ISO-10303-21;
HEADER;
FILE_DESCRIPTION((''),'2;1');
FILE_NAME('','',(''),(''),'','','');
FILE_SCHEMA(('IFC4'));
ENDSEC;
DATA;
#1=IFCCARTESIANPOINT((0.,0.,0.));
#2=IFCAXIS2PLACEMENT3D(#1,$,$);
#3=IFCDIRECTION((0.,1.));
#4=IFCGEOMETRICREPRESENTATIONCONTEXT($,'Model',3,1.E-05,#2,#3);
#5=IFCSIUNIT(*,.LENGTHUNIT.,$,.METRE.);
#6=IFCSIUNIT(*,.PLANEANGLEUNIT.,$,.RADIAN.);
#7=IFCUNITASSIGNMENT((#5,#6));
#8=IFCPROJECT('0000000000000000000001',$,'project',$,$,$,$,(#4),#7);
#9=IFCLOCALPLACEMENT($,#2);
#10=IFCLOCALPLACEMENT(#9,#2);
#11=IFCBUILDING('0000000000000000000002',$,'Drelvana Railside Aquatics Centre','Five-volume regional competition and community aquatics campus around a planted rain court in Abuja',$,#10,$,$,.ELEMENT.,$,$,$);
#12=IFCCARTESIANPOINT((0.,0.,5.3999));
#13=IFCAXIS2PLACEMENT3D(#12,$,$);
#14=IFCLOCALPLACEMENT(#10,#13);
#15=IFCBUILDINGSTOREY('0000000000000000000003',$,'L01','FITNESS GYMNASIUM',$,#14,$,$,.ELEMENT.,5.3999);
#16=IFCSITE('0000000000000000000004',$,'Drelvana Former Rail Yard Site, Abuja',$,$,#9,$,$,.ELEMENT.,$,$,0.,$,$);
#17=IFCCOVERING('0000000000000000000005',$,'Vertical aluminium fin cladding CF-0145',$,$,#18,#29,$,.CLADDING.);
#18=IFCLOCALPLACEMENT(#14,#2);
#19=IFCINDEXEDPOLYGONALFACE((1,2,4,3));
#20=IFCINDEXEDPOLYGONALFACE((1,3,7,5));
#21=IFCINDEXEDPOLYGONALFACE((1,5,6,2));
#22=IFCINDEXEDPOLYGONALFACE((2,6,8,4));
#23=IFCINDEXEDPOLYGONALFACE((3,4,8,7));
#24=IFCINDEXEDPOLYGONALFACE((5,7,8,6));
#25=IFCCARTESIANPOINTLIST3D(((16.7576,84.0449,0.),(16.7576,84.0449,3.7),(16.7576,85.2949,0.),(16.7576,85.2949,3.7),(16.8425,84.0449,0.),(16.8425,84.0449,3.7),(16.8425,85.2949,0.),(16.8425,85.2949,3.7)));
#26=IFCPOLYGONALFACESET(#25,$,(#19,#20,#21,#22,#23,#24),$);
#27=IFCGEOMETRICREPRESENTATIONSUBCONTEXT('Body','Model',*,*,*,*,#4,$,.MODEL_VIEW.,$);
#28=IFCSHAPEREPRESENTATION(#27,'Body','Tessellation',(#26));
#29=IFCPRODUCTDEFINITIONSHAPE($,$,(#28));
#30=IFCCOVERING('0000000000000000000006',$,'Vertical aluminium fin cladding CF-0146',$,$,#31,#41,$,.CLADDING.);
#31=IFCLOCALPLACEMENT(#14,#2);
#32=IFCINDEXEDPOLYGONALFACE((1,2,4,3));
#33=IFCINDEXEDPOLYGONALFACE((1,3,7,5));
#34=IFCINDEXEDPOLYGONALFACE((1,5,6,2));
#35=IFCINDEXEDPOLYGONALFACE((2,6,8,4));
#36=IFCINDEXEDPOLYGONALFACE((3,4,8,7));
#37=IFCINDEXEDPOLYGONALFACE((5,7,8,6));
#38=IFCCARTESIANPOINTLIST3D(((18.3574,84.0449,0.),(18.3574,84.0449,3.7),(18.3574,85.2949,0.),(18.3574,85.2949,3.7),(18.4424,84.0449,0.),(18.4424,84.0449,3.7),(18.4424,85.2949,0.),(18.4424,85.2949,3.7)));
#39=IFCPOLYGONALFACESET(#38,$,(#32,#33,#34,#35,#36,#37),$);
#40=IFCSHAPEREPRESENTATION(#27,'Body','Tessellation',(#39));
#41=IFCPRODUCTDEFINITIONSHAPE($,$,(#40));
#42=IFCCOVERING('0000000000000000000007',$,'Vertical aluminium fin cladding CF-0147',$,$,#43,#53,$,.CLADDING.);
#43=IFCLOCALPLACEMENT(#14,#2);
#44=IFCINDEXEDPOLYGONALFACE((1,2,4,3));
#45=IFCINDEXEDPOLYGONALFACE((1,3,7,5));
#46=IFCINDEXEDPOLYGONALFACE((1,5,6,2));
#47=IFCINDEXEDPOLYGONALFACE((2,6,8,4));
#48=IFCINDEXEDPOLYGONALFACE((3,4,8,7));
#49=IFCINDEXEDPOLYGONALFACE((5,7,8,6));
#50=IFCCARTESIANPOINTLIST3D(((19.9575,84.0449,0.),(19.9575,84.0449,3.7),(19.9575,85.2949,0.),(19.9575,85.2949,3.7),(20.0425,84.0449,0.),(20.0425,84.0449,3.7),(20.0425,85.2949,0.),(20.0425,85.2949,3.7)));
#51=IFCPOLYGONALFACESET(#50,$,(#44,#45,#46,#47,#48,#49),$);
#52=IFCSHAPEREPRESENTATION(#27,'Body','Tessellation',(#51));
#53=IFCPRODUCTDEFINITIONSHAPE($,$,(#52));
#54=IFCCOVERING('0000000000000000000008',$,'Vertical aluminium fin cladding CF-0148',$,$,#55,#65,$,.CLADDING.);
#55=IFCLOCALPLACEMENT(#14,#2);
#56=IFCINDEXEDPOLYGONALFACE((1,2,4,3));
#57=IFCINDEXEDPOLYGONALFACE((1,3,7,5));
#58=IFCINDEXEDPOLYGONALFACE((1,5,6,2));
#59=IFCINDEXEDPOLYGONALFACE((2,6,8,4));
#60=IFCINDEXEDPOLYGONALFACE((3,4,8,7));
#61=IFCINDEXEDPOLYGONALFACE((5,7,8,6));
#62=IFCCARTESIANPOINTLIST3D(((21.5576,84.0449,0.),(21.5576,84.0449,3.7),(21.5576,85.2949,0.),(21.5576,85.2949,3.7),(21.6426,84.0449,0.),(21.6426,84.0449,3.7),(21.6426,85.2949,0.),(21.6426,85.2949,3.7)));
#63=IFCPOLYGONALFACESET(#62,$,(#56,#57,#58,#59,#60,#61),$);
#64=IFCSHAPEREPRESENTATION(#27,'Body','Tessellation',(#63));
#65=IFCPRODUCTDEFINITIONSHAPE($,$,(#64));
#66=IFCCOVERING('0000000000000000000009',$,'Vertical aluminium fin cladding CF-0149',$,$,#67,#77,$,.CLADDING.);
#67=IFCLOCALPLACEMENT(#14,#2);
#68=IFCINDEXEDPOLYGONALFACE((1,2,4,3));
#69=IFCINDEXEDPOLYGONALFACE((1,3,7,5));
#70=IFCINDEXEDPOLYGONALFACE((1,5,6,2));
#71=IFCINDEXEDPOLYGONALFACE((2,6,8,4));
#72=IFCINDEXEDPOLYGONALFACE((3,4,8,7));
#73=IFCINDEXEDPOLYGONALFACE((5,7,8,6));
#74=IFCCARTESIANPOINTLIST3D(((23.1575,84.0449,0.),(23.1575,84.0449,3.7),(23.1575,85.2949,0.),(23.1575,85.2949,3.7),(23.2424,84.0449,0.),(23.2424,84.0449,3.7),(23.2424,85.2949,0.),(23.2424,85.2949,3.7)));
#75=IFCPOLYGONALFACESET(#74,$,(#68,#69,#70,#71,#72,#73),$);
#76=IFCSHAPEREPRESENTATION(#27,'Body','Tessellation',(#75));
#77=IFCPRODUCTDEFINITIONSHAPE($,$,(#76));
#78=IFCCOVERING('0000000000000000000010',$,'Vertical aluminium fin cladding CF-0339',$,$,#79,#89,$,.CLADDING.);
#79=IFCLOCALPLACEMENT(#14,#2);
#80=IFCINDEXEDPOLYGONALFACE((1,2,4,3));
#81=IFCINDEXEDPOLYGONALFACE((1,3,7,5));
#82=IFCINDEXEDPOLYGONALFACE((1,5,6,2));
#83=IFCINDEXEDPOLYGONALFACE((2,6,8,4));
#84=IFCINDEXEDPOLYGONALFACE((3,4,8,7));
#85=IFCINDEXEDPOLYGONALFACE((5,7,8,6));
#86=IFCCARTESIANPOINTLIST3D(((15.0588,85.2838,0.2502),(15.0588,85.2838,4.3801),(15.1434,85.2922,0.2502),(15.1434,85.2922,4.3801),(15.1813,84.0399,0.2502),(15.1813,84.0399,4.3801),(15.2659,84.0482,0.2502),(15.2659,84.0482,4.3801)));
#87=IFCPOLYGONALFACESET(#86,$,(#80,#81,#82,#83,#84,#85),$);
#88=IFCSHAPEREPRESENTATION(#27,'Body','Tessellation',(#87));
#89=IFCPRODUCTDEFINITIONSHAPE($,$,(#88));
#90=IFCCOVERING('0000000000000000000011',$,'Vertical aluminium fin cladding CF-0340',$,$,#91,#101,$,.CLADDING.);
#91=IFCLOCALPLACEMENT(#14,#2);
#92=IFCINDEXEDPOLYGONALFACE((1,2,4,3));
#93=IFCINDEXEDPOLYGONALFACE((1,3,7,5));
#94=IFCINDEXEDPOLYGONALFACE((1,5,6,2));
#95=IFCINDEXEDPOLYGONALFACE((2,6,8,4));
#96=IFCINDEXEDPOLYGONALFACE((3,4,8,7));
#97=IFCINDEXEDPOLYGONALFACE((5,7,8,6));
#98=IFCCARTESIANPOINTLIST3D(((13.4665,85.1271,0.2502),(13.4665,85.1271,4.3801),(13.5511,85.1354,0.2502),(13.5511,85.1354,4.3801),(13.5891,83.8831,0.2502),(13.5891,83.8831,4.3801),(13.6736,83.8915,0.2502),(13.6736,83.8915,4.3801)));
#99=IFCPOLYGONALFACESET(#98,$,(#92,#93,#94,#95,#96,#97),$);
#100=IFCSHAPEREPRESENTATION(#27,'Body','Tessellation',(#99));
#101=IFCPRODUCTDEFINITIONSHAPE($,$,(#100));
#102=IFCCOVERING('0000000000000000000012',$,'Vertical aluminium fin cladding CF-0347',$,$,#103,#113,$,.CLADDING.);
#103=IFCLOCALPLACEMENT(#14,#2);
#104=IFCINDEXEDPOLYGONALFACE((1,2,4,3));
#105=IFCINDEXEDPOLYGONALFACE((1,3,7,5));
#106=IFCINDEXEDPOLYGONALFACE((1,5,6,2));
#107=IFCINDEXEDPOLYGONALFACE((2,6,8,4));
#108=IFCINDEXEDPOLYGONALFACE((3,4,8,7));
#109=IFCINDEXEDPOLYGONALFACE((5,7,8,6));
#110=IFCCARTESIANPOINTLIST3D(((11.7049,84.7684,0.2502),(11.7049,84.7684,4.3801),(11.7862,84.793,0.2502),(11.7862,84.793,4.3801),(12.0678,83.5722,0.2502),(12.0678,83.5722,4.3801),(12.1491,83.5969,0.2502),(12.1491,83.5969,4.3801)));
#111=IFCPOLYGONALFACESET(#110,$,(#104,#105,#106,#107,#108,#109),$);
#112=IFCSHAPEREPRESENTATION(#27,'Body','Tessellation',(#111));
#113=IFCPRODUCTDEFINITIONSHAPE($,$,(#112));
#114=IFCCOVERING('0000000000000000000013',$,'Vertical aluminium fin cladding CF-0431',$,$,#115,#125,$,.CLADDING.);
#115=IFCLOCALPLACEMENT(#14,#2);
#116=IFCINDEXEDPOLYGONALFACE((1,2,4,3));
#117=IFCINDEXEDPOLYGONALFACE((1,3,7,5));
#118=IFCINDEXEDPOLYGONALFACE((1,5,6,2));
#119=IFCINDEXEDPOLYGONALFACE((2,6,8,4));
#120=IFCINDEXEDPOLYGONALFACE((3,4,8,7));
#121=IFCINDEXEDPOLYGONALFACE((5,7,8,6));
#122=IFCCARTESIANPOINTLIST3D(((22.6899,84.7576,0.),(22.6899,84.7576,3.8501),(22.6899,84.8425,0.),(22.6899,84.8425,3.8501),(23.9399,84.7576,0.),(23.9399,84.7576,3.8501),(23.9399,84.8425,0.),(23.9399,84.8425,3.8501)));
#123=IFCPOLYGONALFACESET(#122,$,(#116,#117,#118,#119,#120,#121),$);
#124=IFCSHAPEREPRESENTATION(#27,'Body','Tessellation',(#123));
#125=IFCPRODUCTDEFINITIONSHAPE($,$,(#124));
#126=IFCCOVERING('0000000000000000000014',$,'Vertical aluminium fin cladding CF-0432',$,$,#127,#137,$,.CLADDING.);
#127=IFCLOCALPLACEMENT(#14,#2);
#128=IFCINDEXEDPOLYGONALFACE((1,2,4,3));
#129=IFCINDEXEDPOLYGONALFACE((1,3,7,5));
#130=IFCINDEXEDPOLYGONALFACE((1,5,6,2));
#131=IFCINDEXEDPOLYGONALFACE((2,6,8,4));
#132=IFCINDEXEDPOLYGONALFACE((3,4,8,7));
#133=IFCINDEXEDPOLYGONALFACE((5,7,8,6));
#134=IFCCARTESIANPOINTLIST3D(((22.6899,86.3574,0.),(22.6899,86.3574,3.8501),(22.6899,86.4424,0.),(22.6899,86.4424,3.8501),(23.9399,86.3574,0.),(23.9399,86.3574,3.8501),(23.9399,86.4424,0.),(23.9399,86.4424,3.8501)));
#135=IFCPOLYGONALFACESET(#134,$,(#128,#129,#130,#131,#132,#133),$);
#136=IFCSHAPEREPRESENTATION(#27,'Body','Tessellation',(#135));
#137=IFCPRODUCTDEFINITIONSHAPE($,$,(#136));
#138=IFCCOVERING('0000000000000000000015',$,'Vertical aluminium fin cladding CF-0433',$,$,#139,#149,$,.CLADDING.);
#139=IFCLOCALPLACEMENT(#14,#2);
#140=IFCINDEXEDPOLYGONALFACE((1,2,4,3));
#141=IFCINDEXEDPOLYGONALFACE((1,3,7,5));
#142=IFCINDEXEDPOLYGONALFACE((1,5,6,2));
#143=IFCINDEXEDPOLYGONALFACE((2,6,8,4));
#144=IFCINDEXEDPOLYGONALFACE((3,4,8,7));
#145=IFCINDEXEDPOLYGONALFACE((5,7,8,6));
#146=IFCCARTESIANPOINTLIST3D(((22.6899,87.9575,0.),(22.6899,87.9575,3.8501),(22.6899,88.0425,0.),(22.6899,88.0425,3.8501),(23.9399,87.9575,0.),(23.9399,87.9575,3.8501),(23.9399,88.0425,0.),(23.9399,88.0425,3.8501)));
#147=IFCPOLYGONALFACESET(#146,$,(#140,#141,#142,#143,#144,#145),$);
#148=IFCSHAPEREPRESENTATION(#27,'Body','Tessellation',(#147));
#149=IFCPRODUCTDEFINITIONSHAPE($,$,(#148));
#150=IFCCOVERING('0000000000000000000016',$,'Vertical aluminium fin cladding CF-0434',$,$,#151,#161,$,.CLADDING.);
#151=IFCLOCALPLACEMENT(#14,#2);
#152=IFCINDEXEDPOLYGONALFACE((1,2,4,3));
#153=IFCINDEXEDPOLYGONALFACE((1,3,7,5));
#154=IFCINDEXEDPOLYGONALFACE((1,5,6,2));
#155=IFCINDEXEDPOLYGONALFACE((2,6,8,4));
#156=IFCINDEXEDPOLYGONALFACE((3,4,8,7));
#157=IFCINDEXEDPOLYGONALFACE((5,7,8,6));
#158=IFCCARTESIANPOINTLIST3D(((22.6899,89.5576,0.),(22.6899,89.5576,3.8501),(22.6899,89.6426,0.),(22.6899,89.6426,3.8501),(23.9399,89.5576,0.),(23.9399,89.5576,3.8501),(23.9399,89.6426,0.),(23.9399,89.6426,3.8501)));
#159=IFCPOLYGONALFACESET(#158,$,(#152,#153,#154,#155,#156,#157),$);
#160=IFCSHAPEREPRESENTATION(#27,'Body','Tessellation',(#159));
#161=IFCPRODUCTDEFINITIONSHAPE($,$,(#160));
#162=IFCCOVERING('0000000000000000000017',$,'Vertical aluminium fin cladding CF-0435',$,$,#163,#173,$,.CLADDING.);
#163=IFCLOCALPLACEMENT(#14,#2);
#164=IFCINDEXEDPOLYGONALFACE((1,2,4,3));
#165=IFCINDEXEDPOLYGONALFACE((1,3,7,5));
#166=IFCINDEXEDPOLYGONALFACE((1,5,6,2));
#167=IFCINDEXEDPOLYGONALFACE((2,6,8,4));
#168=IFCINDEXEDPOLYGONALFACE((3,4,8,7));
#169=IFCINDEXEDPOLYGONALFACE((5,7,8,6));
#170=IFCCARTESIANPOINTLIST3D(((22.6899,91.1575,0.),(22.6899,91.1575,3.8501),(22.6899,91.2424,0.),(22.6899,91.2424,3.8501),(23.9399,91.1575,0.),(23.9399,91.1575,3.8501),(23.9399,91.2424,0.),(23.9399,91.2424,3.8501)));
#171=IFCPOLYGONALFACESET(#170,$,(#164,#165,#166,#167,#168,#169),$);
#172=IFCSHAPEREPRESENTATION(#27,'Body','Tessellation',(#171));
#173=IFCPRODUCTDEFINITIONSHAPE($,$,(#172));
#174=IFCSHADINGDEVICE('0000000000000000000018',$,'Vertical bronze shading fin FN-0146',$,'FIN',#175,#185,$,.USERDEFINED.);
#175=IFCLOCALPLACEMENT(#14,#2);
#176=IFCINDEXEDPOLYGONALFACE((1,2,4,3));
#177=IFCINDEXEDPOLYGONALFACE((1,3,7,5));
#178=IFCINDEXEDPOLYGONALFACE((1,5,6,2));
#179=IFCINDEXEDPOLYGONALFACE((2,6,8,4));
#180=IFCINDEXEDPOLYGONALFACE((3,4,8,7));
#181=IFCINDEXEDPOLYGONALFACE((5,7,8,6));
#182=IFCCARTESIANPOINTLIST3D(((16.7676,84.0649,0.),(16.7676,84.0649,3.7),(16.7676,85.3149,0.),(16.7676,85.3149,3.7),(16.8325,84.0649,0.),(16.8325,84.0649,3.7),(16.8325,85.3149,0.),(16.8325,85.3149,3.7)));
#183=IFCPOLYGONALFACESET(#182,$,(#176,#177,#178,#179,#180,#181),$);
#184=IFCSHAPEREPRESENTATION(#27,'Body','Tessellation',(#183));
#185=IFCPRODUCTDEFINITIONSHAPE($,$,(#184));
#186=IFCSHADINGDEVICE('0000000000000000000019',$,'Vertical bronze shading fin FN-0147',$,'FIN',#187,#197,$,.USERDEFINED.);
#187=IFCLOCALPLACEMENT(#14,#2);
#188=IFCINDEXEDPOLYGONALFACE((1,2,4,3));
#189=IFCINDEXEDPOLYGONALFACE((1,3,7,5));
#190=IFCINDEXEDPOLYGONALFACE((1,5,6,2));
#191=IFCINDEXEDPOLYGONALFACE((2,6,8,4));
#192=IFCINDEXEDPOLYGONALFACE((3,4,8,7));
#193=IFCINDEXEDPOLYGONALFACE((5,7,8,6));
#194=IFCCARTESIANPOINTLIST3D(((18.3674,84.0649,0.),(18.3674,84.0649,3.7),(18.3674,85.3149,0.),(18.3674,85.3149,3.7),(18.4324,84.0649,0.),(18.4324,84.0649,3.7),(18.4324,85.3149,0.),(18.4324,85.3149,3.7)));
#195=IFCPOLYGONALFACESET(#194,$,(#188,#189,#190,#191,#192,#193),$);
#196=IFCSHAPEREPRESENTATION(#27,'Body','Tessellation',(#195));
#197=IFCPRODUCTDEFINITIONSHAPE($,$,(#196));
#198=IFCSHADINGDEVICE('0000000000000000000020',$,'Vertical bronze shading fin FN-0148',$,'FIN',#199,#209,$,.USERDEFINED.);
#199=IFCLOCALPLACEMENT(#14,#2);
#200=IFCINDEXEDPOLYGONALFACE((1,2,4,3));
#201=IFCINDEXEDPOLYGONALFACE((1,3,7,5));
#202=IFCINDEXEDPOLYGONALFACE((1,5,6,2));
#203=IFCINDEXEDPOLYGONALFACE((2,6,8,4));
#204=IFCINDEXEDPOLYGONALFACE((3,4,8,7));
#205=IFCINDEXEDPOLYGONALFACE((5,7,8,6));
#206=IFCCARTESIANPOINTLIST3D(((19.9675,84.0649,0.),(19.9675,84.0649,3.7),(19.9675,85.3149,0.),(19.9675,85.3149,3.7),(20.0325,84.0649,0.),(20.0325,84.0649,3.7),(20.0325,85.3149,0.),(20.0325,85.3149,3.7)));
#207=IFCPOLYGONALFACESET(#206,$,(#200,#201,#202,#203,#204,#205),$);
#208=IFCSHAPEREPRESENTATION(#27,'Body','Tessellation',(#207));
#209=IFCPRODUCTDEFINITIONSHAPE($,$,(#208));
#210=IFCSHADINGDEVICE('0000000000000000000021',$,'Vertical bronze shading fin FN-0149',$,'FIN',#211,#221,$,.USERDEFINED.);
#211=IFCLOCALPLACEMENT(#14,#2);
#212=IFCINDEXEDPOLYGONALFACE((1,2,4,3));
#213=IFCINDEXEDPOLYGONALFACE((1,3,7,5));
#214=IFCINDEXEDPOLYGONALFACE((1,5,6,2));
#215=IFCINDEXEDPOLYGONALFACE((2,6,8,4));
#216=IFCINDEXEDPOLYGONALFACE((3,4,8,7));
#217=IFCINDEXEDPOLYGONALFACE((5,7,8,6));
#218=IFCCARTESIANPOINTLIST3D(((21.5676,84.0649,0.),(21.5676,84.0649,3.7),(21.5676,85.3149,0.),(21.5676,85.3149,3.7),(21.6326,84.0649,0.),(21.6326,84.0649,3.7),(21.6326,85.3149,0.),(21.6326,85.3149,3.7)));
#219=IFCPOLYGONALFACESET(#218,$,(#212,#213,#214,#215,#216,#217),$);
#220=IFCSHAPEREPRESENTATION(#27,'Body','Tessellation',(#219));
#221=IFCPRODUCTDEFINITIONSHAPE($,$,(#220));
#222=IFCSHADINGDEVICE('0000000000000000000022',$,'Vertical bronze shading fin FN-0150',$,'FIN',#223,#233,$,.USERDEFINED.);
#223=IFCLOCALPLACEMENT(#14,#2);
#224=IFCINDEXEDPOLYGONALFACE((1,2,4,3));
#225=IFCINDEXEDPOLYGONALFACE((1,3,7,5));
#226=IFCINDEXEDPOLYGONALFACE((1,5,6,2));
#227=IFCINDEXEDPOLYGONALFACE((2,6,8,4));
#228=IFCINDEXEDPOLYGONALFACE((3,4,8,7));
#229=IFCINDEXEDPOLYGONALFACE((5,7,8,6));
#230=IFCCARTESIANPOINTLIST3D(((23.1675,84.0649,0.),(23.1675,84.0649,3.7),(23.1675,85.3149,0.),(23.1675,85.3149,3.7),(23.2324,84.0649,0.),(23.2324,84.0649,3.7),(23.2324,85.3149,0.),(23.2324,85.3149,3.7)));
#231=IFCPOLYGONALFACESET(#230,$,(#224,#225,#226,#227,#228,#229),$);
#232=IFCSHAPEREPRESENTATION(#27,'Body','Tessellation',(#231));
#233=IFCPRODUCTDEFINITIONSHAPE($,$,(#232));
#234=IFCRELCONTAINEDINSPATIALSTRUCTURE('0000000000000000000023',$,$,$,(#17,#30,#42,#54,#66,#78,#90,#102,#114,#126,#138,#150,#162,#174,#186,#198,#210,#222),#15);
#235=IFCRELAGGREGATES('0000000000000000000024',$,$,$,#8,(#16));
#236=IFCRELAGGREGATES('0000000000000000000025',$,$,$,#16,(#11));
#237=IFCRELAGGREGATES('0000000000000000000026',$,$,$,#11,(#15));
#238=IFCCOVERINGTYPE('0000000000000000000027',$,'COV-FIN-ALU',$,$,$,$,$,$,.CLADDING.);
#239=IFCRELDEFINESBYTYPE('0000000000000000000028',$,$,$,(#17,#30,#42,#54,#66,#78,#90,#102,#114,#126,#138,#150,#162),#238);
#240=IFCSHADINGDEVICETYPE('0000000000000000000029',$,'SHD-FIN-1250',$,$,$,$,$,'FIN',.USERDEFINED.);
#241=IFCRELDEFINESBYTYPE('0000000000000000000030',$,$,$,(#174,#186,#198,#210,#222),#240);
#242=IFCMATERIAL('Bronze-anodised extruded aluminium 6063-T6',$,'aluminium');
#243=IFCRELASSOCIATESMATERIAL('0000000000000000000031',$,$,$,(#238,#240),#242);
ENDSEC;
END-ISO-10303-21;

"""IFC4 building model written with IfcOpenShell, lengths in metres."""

from ifc_helpers import new_model, si_unit, direction, frame, origin, origin_2d, place, context, subcontext, project, spatial, rectangle, extrude, material, type_object, element, save


model = new_model("IFC4")

# Units and contexts
model_context = context("Model", 3, precision=1e-05, world=origin(), true_north=direction((0.0, 1.0)))
body_context = subcontext(model_context, "Body", "Model", "MODEL_VIEW")
ifc_project = project(units=[si_unit("LENGTHUNIT", "METRE"), si_unit("PLANEANGLEUNIT", "RADIAN")], contexts=[model_context])

# Site, building, storey
site_placement = place(None, origin())
site = spatial("IfcSite", under=ifc_project, at=site_placement, Name="Drelvana Former Rail Yard Site, Abuja", CompositionType="ELEMENT", RefElevation=0.0)
building_placement = place(site_placement, origin())
building = spatial("IfcBuilding", under=site, at=building_placement, Name="Drelvana Railside Aquatics Centre", Description="Five-volume regional competition and community aquatics campus around a planted rain court in Abuja", CompositionType="ELEMENT")
storey_placement = place(building_placement, frame((0.0, 0.0, 5.3999)))
storey = spatial("IfcBuildingStorey", under=building, at=storey_placement, Name="L01", Description="FITNESS GYMNASIUM", CompositionType="ELEMENT", Elevation=5.3999)

# Coverings
ifc_material_1 = material(Name="Bronze-anodised extruded aluminium 6063-T6", Category="aluminium")
covering_type = type_object("IfcCoveringType", Name="COV-FIN-ALU", PredefinedType="CLADDING", material=ifc_material_1)
for number, where, z_axis, x_axis, name in (
    (1, (16.8, 84.6699, 0.0), (0.0, 0.0, 1.0), (1.0, 0.0, 0.0), "Vertical aluminium fin cladding CF-0145"),
    (2, (18.3999, 84.6699, 0.0), (0.0, 0.0, 1.0), (1.0, 0.0, 0.0), "Vertical aluminium fin cladding CF-0146"),
    (3, (20.0, 84.6699, 0.0), (0.0, 0.0, 1.0), (1.0, 0.0, 0.0), "Vertical aluminium fin cladding CF-0147"),
    (4, (21.6001, 84.6699, 0.0), (0.0, 0.0, 1.0), (1.0, 0.0, 0.0), "Vertical aluminium fin cladding CF-0148"),
    (5, (23.2, 84.6699, 0.0), (0.0, 0.0, 1.0), (1.0, 0.0, 0.0), "Vertical aluminium fin cladding CF-0149"),
):
    element("IfcCovering", number, at=place(storey_placement, frame(where, z_axis=z_axis, x_axis=x_axis)), inside=storey, type_object=covering_type, Name=name, PredefinedType="CLADDING", context=body_context, shape_type="SweptSolid", body=[
        extrude(rectangle(XDim=0.085, YDim=1.25, at=origin_2d()), origin(), (0.0, 0.0, 1.0), 3.7),
    ])
for number, where, z_axis, x_axis, name in (
    (6, (15.1624, 84.666, 0.2502), (0.0, 0.0, 1.0), (0.995185, 0.098017, 0.0), "Vertical aluminium fin cladding CF-0339"),
    (7, (13.5701, 84.5093, 0.2502), (0.0, 0.0, 1.0), (0.995185, 0.098017, 0.0), "Vertical aluminium fin cladding CF-0340"),
    (8, (11.927, 84.1826, 0.2502), (0.0, 0.0, 1.0), (0.95694, 0.290285, 0.0), "Vertical aluminium fin cladding CF-0347"),
):
    element("IfcCovering", number, at=place(storey_placement, frame(where, z_axis=z_axis, x_axis=x_axis)), inside=storey, type_object=covering_type, Name=name, PredefinedType="CLADDING", context=body_context, shape_type="SweptSolid", body=[
        extrude(rectangle(XDim=0.085, YDim=1.25, at=origin_2d()), origin(), (0.0, 0.0, 1.0), 4.1299),
    ])
for number, where, z_axis, x_axis, name in (
    (9, (23.3149, 84.8, 0.0), (0.0, 0.0, 1.0), (0.0, 1.0, 0.0), "Vertical aluminium fin cladding CF-0431"),
    (10, (23.3149, 86.3999, 0.0), (0.0, 0.0, 1.0), (0.0, 1.0, 0.0), "Vertical aluminium fin cladding CF-0432"),
    (11, (23.3149, 88.0, 0.0), (0.0, 0.0, 1.0), (0.0, 1.0, 0.0), "Vertical aluminium fin cladding CF-0433"),
    (12, (23.3149, 89.6001, 0.0), (0.0, 0.0, 1.0), (0.0, 1.0, 0.0), "Vertical aluminium fin cladding CF-0434"),
    (13, (23.3149, 91.2, 0.0), (0.0, 0.0, 1.0), (0.0, 1.0, 0.0), "Vertical aluminium fin cladding CF-0435"),
):
    element("IfcCovering", number, at=place(storey_placement, frame(where, z_axis=z_axis, x_axis=x_axis)), inside=storey, type_object=covering_type, Name=name, PredefinedType="CLADDING", context=body_context, shape_type="SweptSolid", body=[
        extrude(rectangle(XDim=0.085, YDim=1.25, at=origin_2d()), origin(), (0.0, 0.0, 1.0), 3.8501),
    ])

# Shading devices
shading_device_type = type_object("IfcShadingDeviceType", Name="SHD-FIN-1250", ElementType="FIN", PredefinedType="USERDEFINED", material=ifc_material_1)
for number, where, z_axis, x_axis, name in (
    (14, (16.8, 84.6899, 0.0), (0.0, 0.0, 1.0), (0.0, 1.0, 0.0), "Vertical bronze shading fin FN-0146"),
    (15, (18.3999, 84.6899, 0.0), (0.0, 0.0, 1.0), (0.0, 1.0, 0.0), "Vertical bronze shading fin FN-0147"),
    (16, (20.0, 84.6899, 0.0), (0.0, 0.0, 1.0), (0.0, 1.0, 0.0), "Vertical bronze shading fin FN-0148"),
    (17, (21.6001, 84.6899, 0.0), (0.0, 0.0, 1.0), (0.0, 1.0, 0.0), "Vertical bronze shading fin FN-0149"),
    (18, (23.2, 84.6899, 0.0), (0.0, 0.0, 1.0), (0.0, 1.0, 0.0), "Vertical bronze shading fin FN-0150"),
):
    element("IfcShadingDevice", number, at=place(storey_placement, frame(where, z_axis=z_axis, x_axis=x_axis)), inside=storey, type_object=shading_device_type, Name=name, ObjectType="FIN", PredefinedType="USERDEFINED", context=body_context, shape_type="SweptSolid", body=[
        extrude(rectangle(XDim=1.25, YDim=0.0649, at=origin_2d()), origin(), (0.0, 0.0, 1.0), 3.7),
    ])

save(model, "model.ifc")
